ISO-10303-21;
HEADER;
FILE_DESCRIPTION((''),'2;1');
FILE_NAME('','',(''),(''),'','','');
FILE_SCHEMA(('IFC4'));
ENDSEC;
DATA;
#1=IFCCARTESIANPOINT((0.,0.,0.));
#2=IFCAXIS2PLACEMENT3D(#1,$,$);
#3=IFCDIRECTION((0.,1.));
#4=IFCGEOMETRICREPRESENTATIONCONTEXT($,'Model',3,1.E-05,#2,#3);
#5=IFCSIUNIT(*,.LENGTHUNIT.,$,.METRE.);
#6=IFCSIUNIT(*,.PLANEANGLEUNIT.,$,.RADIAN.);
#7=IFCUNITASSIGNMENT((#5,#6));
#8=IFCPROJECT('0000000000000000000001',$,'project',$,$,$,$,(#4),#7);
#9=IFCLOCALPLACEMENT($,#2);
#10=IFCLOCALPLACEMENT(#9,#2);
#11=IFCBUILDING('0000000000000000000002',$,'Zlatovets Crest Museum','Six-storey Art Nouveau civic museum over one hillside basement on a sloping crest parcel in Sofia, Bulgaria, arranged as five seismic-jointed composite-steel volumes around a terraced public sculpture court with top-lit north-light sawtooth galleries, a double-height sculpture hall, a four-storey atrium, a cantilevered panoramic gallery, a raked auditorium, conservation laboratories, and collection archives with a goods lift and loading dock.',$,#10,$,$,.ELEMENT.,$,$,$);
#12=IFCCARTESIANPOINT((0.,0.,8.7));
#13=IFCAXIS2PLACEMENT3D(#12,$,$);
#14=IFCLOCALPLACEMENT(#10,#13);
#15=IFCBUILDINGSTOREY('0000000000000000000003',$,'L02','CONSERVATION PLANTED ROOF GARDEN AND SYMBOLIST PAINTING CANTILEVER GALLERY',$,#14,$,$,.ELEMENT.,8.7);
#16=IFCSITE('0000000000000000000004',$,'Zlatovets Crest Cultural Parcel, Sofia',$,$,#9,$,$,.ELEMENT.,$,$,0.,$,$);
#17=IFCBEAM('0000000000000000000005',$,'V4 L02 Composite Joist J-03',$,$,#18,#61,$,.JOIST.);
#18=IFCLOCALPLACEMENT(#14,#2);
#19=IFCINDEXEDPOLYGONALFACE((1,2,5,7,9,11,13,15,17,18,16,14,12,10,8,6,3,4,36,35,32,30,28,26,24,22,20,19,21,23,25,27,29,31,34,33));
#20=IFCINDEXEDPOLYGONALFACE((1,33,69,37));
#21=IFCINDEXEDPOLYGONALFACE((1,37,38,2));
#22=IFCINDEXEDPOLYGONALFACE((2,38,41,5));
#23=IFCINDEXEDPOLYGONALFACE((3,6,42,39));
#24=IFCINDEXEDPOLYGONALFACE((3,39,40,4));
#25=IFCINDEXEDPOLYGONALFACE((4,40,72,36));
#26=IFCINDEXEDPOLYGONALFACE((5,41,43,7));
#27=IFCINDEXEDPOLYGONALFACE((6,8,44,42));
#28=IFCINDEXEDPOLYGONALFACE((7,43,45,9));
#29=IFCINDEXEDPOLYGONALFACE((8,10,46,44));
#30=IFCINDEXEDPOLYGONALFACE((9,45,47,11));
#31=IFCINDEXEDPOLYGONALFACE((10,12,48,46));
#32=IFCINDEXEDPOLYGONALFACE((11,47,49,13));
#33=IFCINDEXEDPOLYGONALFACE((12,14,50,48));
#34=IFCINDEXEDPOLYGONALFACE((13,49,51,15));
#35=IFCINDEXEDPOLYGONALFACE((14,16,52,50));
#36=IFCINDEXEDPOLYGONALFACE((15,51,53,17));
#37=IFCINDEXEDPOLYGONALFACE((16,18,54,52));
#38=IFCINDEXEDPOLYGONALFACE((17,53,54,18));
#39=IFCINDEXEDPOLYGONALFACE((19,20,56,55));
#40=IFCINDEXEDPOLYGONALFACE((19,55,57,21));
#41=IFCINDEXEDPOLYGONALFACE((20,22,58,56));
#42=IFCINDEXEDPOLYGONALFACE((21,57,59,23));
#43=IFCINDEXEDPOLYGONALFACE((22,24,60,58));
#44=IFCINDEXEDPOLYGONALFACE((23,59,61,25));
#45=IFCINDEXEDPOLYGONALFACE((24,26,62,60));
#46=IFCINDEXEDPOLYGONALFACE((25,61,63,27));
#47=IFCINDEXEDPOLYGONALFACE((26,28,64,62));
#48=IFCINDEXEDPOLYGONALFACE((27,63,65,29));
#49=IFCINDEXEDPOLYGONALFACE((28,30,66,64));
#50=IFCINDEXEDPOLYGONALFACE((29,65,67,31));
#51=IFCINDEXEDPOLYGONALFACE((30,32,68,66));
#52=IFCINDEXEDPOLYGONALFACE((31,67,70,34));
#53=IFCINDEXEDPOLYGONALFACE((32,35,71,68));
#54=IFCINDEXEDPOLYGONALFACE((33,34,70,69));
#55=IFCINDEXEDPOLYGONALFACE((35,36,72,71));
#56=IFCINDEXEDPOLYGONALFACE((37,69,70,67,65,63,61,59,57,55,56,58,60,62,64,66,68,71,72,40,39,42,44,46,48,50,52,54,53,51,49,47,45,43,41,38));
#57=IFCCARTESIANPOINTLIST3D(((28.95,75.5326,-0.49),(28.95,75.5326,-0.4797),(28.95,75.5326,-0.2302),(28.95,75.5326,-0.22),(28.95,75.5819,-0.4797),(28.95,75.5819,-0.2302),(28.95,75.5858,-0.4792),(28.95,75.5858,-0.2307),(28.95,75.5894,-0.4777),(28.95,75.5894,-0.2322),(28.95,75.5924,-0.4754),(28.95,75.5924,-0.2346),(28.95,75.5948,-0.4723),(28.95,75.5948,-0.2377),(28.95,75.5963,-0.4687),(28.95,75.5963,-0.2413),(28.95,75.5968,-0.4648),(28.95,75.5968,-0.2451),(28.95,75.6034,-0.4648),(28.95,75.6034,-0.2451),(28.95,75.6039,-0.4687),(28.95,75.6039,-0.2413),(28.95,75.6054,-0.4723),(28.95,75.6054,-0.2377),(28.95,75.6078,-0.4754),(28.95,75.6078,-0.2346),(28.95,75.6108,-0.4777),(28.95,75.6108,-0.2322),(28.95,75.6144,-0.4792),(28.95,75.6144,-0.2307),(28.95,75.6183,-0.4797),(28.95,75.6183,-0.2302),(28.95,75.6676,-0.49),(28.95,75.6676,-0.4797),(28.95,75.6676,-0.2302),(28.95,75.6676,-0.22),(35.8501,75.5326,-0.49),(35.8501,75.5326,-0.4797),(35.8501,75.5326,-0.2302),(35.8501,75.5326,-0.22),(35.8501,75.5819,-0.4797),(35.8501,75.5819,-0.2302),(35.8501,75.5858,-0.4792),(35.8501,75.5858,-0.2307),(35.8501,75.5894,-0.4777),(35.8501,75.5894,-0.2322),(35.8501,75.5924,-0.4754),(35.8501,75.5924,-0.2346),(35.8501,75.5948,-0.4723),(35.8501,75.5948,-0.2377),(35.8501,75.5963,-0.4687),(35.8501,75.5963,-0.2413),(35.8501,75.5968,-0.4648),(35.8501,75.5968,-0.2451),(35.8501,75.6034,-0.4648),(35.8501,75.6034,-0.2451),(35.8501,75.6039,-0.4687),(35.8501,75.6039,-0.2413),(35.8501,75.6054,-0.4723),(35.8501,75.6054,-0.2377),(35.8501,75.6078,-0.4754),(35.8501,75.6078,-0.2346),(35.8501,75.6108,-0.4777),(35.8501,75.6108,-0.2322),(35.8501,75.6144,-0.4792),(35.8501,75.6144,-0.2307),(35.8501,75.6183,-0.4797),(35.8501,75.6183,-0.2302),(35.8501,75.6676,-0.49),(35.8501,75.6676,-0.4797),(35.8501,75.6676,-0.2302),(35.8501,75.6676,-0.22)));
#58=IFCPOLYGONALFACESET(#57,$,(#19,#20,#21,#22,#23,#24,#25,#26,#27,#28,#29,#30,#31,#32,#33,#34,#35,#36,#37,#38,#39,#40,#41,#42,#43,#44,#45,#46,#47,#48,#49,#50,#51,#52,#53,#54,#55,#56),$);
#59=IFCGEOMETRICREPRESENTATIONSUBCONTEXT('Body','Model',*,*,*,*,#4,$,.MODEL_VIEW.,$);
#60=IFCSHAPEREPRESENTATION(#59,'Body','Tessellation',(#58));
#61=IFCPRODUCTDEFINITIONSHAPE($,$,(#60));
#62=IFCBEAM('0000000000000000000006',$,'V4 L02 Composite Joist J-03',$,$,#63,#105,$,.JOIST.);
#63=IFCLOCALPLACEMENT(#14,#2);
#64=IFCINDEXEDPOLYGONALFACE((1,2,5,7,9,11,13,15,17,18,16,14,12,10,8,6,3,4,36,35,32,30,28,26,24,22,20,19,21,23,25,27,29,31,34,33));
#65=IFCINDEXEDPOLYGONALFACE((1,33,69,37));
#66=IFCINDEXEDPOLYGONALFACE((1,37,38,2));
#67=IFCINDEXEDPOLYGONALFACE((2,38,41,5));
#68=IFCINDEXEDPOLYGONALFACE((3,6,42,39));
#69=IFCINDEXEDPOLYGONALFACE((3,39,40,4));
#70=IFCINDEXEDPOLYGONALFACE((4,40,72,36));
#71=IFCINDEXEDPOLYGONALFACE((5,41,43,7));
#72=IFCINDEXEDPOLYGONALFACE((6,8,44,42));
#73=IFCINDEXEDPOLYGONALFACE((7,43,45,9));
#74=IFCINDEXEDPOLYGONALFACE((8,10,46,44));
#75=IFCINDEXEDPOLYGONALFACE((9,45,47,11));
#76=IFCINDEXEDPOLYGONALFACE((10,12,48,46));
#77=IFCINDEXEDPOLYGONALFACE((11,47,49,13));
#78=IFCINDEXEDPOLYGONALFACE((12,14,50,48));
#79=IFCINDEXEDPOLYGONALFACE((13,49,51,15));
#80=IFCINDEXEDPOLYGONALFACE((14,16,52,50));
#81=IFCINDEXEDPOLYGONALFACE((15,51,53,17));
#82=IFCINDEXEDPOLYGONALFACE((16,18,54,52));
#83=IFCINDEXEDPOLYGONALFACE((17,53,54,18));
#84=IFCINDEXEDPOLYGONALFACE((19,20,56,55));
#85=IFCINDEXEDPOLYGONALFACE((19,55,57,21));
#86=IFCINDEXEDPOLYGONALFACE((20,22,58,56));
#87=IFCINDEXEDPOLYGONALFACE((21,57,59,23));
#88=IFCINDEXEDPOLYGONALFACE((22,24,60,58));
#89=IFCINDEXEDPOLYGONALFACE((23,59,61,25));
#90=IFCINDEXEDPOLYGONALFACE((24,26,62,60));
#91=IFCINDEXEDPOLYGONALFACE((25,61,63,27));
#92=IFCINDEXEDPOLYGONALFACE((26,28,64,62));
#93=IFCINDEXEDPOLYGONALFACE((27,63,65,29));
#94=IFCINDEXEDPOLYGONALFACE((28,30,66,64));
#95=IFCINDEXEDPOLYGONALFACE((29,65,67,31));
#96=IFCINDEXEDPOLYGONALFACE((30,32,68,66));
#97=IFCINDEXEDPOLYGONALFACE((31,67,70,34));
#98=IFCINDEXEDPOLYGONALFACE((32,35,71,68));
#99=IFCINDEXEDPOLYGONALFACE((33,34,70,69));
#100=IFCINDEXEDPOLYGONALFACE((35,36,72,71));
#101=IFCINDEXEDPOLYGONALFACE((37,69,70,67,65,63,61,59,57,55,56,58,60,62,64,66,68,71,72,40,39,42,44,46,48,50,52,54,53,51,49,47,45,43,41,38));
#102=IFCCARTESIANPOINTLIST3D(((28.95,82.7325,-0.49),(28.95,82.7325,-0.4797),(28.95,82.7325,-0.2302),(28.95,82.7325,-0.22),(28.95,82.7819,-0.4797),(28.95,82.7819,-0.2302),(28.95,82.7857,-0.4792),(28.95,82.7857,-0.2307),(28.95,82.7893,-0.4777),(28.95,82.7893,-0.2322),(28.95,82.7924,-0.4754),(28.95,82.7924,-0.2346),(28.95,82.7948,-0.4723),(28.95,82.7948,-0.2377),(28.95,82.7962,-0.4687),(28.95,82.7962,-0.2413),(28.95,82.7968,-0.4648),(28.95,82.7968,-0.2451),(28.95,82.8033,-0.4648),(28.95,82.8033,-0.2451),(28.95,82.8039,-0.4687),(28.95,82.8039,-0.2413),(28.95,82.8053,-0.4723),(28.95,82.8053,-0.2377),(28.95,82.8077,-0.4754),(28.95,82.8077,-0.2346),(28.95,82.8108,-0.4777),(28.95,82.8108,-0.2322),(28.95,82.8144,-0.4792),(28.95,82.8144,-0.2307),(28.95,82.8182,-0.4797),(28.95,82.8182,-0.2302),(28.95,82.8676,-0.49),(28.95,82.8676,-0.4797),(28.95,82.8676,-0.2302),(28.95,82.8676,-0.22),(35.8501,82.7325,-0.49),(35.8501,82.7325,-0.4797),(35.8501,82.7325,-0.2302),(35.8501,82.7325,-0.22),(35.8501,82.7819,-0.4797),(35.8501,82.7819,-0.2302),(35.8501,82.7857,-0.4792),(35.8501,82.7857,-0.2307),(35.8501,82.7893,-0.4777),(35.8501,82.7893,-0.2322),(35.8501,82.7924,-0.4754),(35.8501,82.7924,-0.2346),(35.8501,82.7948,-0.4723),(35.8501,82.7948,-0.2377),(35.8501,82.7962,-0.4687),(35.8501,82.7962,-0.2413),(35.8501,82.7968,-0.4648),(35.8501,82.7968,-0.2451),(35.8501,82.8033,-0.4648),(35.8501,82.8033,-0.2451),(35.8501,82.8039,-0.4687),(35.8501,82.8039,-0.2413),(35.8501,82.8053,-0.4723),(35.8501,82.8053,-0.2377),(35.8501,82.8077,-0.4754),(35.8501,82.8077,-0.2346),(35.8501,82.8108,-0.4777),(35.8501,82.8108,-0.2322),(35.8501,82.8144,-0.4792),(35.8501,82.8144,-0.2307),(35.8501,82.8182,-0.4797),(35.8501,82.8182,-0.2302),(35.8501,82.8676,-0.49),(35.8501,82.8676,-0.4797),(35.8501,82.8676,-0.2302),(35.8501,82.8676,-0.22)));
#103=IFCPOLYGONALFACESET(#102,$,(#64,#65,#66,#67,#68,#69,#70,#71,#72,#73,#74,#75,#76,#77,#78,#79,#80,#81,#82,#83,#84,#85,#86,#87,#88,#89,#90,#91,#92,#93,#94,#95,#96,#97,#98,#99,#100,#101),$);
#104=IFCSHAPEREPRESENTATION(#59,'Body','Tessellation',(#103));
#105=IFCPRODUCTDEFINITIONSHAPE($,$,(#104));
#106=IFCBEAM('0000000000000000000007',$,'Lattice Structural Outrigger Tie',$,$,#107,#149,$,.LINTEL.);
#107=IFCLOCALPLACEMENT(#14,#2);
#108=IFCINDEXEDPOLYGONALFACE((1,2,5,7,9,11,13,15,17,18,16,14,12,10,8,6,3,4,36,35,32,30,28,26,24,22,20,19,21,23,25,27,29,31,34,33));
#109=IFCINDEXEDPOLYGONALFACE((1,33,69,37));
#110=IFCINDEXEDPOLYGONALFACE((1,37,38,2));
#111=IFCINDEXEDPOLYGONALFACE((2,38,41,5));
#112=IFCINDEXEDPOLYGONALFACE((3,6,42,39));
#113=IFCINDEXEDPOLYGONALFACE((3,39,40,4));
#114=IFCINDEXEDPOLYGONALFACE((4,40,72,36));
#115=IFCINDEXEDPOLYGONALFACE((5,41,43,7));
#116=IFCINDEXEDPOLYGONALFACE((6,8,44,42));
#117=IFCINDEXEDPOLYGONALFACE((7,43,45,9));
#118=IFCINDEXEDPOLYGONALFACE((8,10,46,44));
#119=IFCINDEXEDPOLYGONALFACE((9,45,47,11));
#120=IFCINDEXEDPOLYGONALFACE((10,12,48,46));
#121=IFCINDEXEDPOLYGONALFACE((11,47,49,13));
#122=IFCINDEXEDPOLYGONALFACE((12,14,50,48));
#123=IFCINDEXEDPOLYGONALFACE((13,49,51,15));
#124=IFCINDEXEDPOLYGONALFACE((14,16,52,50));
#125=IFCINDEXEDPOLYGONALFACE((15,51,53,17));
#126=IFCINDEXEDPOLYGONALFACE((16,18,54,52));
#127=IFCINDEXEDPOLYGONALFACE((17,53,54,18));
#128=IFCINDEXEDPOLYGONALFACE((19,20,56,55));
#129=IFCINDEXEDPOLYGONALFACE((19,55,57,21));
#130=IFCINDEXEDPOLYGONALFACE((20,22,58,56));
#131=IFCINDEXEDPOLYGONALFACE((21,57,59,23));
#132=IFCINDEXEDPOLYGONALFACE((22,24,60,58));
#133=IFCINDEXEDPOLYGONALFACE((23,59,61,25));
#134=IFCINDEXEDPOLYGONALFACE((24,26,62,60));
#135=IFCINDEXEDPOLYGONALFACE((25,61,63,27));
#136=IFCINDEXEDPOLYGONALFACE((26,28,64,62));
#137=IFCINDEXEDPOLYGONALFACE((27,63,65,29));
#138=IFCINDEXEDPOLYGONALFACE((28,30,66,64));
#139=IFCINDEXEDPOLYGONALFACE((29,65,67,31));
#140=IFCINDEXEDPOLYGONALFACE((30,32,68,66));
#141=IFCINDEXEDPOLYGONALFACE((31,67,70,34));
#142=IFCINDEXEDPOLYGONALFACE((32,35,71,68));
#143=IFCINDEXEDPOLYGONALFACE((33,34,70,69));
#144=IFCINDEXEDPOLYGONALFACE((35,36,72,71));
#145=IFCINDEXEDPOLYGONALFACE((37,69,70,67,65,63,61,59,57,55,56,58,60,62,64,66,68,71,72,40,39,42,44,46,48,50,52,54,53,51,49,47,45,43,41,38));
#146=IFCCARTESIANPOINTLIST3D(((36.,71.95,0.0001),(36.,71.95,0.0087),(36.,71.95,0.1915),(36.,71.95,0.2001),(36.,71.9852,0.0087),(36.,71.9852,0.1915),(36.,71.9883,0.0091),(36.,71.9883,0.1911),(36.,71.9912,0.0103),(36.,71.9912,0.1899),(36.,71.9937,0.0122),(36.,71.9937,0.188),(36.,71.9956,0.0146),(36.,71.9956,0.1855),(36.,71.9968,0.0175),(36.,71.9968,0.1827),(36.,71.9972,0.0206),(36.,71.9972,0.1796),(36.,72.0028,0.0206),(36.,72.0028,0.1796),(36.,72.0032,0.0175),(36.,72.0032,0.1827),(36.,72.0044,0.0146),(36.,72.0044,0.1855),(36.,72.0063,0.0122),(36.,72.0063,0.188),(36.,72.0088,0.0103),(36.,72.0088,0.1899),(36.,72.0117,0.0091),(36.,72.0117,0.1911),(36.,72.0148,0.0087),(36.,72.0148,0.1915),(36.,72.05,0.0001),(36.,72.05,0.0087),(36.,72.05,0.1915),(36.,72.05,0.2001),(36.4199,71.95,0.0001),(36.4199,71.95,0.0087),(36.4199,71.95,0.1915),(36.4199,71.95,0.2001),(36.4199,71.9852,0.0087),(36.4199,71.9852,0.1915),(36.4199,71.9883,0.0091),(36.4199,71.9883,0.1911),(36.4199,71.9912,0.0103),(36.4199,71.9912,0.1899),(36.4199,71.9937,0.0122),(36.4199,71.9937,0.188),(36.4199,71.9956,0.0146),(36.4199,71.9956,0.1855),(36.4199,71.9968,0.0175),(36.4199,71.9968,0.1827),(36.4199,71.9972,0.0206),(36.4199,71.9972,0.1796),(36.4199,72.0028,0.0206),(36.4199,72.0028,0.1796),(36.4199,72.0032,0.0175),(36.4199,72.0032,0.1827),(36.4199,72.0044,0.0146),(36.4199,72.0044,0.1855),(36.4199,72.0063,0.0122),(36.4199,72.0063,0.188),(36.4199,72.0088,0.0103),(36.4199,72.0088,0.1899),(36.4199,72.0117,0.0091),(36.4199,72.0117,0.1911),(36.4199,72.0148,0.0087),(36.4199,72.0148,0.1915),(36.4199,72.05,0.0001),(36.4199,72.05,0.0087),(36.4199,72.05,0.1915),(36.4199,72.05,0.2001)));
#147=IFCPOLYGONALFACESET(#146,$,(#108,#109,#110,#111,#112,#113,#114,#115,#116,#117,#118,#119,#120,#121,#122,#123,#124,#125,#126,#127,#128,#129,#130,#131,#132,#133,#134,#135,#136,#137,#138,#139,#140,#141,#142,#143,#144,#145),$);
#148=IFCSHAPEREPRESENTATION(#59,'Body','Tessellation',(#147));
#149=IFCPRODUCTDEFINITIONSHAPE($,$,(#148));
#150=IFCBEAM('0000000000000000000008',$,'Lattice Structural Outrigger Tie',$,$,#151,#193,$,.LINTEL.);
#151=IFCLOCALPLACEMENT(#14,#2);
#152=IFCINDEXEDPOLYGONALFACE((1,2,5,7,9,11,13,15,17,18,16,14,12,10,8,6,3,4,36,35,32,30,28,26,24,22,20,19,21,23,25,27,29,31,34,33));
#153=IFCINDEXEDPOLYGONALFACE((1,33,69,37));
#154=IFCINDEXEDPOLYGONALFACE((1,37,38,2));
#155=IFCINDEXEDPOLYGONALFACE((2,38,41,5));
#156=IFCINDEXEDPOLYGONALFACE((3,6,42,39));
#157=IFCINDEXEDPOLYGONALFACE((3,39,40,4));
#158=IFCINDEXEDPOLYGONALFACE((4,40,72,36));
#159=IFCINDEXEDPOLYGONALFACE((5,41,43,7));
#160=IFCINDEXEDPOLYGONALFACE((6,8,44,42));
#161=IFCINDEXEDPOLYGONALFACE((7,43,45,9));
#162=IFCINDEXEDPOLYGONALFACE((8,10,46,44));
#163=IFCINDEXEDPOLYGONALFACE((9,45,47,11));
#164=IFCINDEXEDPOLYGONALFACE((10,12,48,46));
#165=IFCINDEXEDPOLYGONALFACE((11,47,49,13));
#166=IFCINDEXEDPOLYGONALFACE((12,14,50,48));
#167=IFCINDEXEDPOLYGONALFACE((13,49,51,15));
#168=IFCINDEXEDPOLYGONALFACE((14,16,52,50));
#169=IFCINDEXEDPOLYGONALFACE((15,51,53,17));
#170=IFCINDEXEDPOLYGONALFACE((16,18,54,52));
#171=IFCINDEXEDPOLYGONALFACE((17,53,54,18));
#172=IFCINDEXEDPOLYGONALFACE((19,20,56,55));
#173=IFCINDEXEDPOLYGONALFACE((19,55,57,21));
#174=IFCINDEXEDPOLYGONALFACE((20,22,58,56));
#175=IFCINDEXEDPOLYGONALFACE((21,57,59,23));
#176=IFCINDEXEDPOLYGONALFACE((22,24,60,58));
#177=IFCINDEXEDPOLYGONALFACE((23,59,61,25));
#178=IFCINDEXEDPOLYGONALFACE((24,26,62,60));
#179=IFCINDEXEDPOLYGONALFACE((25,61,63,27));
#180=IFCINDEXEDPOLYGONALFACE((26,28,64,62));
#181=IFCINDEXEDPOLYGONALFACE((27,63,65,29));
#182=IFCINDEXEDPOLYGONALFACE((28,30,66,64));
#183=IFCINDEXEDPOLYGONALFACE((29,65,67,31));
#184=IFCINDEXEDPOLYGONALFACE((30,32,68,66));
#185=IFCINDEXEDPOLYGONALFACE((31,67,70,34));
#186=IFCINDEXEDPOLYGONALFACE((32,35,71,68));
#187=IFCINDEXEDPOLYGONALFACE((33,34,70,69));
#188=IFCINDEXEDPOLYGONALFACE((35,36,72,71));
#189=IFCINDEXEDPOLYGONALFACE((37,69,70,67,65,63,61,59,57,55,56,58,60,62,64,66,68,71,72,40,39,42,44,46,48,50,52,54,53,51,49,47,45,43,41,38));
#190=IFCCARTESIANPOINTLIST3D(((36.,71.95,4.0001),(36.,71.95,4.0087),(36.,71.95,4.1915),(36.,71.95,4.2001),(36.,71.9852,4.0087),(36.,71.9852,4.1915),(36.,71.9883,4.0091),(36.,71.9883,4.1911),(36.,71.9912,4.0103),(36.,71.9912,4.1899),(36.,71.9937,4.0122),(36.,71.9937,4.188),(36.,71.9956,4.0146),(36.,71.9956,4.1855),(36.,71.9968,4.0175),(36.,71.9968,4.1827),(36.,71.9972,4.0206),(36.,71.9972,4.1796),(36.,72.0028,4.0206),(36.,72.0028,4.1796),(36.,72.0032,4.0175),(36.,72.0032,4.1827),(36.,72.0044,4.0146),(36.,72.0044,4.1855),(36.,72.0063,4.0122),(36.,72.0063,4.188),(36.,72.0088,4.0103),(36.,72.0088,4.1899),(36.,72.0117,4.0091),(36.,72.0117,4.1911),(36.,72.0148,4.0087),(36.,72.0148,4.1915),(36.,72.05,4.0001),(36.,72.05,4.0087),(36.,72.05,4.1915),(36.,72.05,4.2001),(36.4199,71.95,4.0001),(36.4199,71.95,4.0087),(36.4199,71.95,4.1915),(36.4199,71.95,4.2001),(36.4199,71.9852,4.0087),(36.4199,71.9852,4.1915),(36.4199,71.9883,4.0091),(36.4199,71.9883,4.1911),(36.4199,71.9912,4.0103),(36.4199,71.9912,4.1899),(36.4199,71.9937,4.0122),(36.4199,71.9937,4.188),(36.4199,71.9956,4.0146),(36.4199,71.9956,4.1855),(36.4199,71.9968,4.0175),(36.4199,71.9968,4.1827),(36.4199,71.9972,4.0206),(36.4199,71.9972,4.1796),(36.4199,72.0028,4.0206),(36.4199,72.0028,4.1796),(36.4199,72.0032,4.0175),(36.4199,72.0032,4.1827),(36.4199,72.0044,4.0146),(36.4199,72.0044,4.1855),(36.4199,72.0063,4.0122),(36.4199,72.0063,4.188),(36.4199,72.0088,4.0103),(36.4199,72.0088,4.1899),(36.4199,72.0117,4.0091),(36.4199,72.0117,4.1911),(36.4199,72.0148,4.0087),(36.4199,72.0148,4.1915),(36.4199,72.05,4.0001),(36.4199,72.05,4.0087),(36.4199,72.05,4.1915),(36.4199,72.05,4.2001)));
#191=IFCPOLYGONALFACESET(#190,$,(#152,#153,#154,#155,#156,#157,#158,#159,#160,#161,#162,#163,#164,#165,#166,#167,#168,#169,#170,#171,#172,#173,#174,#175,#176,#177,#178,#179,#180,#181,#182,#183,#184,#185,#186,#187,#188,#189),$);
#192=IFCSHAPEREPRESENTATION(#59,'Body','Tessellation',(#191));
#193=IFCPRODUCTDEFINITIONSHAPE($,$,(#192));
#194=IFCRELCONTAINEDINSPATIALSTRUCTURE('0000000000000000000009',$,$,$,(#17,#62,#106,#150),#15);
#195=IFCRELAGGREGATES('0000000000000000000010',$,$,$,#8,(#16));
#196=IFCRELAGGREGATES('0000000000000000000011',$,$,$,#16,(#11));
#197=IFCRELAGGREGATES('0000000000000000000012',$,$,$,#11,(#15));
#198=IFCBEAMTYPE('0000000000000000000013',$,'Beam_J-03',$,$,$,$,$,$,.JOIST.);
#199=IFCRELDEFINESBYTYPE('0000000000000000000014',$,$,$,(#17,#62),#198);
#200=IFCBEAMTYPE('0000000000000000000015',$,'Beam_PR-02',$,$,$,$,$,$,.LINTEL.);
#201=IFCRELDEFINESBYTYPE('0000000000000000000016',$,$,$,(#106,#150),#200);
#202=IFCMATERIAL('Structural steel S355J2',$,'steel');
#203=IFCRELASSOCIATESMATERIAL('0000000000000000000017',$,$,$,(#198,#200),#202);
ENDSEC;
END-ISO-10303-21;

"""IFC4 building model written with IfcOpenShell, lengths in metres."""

from ifc_helpers import new_model, si_unit, direction, frame, origin, origin_2d, place, context, subcontext, project, spatial, i_section, extrude, material, material_profile, profile_set, type_object, element, save


model = new_model("IFC4")

# Units and contexts
model_context = context("Model", 3, precision=1e-05, world=origin(), true_north=direction((0.0, 1.0)))
body_context = subcontext(model_context, "Body", "Model", "MODEL_VIEW")
ifc_project = project(units=[si_unit("LENGTHUNIT", "METRE"), si_unit("PLANEANGLEUNIT", "RADIAN")], contexts=[model_context])

# Site, building, storey
site_placement = place(None, origin())
site = spatial("IfcSite", under=ifc_project, at=site_placement, Name="Zlatovets Crest Cultural Parcel, Sofia", CompositionType="ELEMENT", RefElevation=0.0)
building_placement = place(site_placement, origin())
building = spatial("IfcBuilding", under=site, at=building_placement, Name="Zlatovets Crest Museum", Description="Six-storey Art Nouveau civic museum over one hillside basement on a sloping crest parcel in Sofia, Bulgaria, arranged as five seismic-jointed composite-steel volumes around a terraced public sculpture court with top-lit north-light sawtooth galleries, a double-height sculpture hall, a four-storey atrium, a cantilevered panoramic gallery, a raked auditorium, conservation laboratories, and collection archives with a goods lift and loading dock.", CompositionType="ELEMENT")
storey_placement = place(building_placement, frame((0.0, 0.0, 8.7)))
storey = spatial("IfcBuildingStorey", under=building, at=storey_placement, Name="L02", Description="CONSERVATION PLANTED ROOF GARDEN AND SYMBOLIST PAINTING CANTILEVER GALLERY", CompositionType="ELEMENT", Elevation=8.7)

# Shared definitions
ifc_material_1 = material(Name="Structural steel S355J2", Category="steel")

# Beams
ifc_material_profile_1 = material_profile(ifc_material_1, i_section(OverallWidth=0.135, OverallDepth=0.27, WebThickness=0.0066, FlangeThickness=0.0103, FilletRadius=0.0149, at=origin_2d()), Name="IPE 270")
ifc_profile_set_1 = profile_set([ifc_material_profile_1], Name="Structural steel S355J2")
beam_type_1 = type_object("IfcBeamType", Name="Beam_J-03", PredefinedType="JOIST", material=ifc_profile_set_1)
for number, where, z_axis, x_axis, name in (
    (1, (28.95, 75.6001, -0.355), (1.0, 0.0, 0.0), (0.0, 1.0, 0.0), "V4 L02 Composite Joist J-03"),
    (2, (28.95, 82.8, -0.355), (1.0, 0.0, 0.0), (0.0, 1.0, 0.0), "V4 L02 Composite Joist J-03"),
):
    element("IfcBeam", number, at=place(storey_placement, frame(where, z_axis=z_axis, x_axis=x_axis)), inside=storey, type_object=beam_type_1, Name=name, PredefinedType="JOIST", context=body_context, shape_type="SweptSolid", body=[
        extrude(i_section(OverallWidth=0.135, OverallDepth=0.27, WebThickness=0.0066, FlangeThickness=0.0103, FilletRadius=0.0149, at=origin_2d()), origin(), (0.0, 0.0, 1.0), 6.9001),
    ])
ifc_material_profile_2 = material_profile(ifc_material_1, i_section(OverallWidth=0.1001, OverallDepth=0.2, WebThickness=0.0056, FlangeThickness=0.0085, FilletRadius=0.012, at=origin_2d()), Name="IPE 200")
ifc_profile_set_2 = profile_set([ifc_material_profile_2], Name="Structural steel S355J2")
beam_type_2 = type_object("IfcBeamType", Name="Beam_PR-02", PredefinedType="LINTEL", material=ifc_profile_set_2)
for number, where, z_axis, x_axis, name in (
    (3, (36.0, 72.0, 0.1001), (1.0, 0.0, 0.0), (0.0, 1.0, 0.0), "Lattice Structural Outrigger Tie"),
    (4, (36.0, 72.0, 4.1001), (1.0, 0.0, 0.0), (0.0, 1.0, 0.0), "Lattice Structural Outrigger Tie"),
):
    element("IfcBeam", number, at=place(storey_placement, frame(where, z_axis=z_axis, x_axis=x_axis)), inside=storey, type_object=beam_type_2, Name=name, PredefinedType="LINTEL", context=body_context, shape_type="SweptSolid", body=[
        extrude(i_section(OverallWidth=0.1001, OverallDepth=0.2, WebThickness=0.0056, FlangeThickness=0.0085, FilletRadius=0.012, at=origin_2d()), origin(), (0.0, 0.0, 1.0), 0.4199),
    ])

save(model, "model.ifc")
